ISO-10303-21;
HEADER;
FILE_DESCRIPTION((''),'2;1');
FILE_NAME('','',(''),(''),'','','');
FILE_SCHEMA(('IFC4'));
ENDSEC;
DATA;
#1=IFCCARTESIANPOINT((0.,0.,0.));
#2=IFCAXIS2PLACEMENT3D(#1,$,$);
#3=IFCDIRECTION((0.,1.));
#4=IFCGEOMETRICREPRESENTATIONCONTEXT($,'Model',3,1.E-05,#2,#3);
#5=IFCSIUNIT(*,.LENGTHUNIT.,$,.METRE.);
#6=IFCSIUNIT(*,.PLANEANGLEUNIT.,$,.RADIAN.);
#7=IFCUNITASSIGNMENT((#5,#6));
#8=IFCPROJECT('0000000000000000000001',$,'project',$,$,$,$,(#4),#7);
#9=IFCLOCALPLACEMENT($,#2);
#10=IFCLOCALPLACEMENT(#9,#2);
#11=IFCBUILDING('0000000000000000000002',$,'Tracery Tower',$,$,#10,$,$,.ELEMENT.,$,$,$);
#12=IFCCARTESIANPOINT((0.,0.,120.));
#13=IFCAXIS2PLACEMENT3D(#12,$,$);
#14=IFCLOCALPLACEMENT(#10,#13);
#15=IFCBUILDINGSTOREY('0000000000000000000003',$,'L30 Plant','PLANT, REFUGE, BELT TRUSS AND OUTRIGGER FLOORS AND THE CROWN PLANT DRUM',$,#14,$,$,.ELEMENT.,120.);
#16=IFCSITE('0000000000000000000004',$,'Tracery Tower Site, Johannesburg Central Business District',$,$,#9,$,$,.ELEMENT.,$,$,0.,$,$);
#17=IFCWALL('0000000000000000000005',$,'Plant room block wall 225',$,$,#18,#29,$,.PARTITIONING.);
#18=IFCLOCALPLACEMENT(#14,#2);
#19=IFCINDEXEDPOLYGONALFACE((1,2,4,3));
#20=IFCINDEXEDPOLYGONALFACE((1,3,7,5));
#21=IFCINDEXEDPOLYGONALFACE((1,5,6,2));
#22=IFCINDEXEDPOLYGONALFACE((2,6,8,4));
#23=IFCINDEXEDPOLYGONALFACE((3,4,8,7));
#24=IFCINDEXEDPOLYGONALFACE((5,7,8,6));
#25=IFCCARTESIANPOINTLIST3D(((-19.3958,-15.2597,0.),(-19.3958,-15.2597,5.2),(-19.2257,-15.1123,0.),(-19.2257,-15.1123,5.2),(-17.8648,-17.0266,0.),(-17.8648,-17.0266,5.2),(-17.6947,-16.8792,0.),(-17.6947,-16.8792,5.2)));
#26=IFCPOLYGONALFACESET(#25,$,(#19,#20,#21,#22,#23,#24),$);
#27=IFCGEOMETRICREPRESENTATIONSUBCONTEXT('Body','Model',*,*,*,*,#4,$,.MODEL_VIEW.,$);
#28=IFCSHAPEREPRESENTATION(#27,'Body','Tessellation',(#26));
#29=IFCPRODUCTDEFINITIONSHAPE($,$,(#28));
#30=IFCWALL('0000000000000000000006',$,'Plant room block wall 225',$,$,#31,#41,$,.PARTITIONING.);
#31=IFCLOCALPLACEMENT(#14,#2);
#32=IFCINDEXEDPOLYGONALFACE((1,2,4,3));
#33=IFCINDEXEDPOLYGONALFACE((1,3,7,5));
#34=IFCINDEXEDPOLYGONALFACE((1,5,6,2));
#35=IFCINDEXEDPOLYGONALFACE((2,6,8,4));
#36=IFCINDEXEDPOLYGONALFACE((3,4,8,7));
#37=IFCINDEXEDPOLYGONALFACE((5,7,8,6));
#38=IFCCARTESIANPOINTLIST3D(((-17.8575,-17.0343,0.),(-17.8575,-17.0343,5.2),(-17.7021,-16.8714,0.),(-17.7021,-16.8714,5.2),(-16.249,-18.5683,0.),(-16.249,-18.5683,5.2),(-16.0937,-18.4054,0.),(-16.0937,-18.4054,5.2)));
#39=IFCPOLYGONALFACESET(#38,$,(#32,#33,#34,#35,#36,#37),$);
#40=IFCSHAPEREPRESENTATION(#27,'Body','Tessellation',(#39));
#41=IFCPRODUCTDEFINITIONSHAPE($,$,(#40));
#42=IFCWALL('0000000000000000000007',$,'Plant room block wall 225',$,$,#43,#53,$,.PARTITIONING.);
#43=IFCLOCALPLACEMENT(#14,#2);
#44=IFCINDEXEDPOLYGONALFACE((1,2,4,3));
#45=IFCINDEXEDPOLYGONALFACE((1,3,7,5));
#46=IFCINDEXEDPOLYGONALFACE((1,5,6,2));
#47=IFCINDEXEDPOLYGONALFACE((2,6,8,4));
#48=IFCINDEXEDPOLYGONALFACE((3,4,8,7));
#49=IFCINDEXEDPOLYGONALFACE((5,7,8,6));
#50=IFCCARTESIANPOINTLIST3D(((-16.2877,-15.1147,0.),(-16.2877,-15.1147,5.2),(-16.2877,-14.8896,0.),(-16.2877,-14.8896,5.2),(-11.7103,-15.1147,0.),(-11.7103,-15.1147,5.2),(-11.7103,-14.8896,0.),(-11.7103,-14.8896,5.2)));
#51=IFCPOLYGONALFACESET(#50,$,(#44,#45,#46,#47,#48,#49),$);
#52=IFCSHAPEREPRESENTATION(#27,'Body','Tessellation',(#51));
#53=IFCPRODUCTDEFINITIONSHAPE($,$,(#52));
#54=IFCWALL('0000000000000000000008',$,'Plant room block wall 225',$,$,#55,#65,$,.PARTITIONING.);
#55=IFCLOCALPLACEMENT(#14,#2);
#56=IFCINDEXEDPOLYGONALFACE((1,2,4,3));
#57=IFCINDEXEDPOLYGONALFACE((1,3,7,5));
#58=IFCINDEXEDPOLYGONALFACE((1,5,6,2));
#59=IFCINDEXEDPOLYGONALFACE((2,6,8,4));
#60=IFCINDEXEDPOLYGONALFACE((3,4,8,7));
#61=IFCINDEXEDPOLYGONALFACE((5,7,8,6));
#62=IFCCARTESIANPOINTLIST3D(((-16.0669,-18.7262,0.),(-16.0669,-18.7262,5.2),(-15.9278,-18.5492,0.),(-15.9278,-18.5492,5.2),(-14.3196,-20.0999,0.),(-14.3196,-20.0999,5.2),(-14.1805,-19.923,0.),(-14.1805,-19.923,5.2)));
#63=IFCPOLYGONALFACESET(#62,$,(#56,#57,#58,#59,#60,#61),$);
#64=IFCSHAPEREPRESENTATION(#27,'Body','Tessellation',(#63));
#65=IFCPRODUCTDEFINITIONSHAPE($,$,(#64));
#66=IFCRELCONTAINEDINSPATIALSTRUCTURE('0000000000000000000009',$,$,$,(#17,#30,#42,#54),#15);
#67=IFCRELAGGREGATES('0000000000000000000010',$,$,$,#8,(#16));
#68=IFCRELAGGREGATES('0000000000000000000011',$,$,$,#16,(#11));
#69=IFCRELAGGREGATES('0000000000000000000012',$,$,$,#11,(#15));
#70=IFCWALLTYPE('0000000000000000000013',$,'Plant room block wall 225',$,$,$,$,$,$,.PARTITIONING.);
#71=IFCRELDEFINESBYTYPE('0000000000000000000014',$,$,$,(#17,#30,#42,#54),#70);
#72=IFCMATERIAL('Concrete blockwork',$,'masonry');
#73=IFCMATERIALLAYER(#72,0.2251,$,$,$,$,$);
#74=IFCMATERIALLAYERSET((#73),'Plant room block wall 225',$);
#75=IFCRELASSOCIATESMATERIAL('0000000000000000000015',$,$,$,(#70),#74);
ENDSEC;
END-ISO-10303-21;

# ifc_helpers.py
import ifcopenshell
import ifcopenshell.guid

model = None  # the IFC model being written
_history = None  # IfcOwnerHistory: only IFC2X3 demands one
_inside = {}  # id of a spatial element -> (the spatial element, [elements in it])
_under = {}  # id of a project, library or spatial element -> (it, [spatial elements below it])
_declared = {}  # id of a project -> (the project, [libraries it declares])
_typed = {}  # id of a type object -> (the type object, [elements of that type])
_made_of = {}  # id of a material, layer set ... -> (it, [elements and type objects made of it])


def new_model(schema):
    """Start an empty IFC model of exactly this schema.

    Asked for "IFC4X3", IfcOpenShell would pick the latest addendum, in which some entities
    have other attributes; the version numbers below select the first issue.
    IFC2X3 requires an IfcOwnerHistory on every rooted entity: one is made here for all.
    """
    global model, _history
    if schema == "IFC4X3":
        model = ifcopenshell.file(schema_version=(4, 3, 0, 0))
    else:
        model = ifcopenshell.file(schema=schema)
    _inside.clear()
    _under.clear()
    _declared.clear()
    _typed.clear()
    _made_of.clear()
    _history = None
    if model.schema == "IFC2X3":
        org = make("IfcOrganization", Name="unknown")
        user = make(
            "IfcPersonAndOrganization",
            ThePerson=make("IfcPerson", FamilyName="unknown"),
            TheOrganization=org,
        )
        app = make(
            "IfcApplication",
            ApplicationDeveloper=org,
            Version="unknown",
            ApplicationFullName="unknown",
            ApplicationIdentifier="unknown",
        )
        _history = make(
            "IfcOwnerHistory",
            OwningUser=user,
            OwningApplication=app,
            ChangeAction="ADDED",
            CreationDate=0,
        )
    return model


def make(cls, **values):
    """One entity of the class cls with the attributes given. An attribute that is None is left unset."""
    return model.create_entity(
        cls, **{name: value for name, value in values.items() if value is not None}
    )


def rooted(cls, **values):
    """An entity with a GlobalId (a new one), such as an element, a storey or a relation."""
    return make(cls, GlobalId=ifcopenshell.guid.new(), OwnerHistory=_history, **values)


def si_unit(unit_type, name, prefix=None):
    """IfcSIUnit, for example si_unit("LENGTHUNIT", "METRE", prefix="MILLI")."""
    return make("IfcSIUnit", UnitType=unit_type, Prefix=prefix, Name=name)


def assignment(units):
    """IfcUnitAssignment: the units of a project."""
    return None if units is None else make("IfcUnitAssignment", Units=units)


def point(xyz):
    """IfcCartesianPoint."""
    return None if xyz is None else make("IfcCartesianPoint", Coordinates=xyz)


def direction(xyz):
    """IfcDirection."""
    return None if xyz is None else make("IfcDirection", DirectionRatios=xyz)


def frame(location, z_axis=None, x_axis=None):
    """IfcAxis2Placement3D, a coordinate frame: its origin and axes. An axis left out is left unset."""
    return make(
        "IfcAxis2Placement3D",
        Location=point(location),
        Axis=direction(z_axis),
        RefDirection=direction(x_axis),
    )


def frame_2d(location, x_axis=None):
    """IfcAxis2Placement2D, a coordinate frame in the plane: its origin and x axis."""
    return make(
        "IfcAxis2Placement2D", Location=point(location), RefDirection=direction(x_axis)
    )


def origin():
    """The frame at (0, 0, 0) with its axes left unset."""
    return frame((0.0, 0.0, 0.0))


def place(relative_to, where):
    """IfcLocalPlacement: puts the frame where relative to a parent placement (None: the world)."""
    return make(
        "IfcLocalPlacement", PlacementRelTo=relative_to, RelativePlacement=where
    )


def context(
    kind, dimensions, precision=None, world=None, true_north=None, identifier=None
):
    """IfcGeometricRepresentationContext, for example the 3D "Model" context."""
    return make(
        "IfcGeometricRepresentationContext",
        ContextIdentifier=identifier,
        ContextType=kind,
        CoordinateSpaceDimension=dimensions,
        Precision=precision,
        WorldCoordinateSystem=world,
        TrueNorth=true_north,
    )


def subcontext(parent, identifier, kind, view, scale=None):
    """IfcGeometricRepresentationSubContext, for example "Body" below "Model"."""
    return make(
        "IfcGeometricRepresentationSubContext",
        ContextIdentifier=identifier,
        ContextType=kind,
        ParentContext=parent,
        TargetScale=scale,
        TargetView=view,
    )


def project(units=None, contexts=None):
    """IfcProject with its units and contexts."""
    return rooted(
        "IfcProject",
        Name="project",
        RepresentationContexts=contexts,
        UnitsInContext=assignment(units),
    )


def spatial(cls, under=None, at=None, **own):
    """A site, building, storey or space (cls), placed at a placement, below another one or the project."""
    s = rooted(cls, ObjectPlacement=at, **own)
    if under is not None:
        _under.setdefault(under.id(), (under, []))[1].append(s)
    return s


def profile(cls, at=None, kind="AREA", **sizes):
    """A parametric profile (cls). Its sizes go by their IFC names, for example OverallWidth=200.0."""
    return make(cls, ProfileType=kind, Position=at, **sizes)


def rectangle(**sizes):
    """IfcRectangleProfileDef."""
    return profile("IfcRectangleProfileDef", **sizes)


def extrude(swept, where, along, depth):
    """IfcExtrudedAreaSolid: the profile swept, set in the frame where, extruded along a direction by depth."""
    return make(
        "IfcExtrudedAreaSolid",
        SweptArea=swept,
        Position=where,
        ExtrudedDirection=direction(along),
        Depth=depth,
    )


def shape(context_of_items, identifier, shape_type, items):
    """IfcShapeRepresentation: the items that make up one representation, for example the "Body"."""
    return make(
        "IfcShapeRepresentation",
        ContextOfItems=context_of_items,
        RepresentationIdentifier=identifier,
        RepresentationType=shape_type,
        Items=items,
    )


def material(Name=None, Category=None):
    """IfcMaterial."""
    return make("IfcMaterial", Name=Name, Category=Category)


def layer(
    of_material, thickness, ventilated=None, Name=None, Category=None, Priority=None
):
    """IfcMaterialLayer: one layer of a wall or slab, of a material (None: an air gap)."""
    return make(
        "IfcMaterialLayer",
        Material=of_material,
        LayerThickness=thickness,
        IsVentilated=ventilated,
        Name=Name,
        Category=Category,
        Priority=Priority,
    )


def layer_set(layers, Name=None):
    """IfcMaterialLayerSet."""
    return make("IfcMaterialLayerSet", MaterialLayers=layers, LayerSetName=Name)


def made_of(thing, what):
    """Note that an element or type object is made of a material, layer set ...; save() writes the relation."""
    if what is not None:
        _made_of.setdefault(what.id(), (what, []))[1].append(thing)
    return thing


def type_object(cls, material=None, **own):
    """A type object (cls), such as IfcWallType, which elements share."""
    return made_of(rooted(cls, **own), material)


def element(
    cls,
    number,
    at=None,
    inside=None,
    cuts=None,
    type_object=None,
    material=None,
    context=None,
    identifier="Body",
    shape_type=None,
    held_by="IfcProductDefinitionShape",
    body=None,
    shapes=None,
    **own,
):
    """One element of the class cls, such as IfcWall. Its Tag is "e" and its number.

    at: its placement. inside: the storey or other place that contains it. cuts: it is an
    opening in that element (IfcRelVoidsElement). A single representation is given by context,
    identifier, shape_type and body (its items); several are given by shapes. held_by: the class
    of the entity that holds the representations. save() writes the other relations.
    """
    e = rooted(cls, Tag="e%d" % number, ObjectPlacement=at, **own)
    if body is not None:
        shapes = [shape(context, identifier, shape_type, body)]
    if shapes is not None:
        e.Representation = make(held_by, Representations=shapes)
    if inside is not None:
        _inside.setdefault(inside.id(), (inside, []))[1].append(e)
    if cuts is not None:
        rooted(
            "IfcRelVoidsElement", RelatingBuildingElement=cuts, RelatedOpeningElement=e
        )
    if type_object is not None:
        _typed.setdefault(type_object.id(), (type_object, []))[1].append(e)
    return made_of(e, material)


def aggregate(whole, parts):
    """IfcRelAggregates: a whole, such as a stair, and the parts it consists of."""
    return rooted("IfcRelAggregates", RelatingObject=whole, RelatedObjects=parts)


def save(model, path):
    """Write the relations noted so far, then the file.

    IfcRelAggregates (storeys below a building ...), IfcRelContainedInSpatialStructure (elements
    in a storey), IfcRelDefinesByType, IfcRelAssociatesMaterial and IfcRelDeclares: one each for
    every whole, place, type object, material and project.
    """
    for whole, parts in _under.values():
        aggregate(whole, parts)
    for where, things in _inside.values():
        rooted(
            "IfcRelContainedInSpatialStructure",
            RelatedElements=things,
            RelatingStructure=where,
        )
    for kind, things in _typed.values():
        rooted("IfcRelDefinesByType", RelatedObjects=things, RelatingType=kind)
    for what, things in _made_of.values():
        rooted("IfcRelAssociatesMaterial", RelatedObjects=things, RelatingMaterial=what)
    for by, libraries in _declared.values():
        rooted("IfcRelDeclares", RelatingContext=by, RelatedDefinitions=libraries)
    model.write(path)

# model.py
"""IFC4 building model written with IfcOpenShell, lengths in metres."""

from ifc_helpers import new_model, si_unit, direction, frame, frame_2d, origin, place, context, subcontext, project, spatial, rectangle, extrude, material, layer, layer_set, type_object, element, save


model = new_model("IFC4")

# Units and contexts
model_context = context("Model", 3, precision=1e-05, world=origin(), true_north=direction((0.0, 1.0)))
body_context = subcontext(model_context, "Body", "Model", "MODEL_VIEW")
ifc_project = project(units=[si_unit("LENGTHUNIT", "METRE"), si_unit("PLANEANGLEUNIT", "RADIAN")], contexts=[model_context])

# Site, building, storey
site_placement = place(None, origin())
site = spatial("IfcSite", under=ifc_project, at=site_placement, Name="Tracery Tower Site, Johannesburg Central Business District", CompositionType="ELEMENT", RefElevation=0.0)
building_placement = place(site_placement, origin())
building = spatial("IfcBuilding", under=site, at=building_placement, Name="Tracery Tower", CompositionType="ELEMENT")
storey_placement = place(building_placement, frame((0.0, 0.0, 120.0)))
storey = spatial("IfcBuildingStorey", under=building, at=storey_placement, Name="L30 Plant", Description="PLANT, REFUGE, BELT TRUSS AND OUTRIGGER FLOORS AND THE CROWN PLANT DRUM", CompositionType="ELEMENT", Elevation=120.0)

# Shared definitions
ifc_material_1 = material(Name="Concrete blockwork", Category="masonry")
ifc_layer_1 = layer(ifc_material_1, 0.2251)
ifc_layer_set_1 = layer_set([ifc_layer_1], Name="Plant room block wall 225")
wall_type_1 = type_object("IfcWallType", Name="Plant room block wall 225", PredefinedType="PARTITIONING", material=ifc_layer_set_1)

# Walls
wall_1_placement = place(storey_placement, frame((-19.3108, -15.186, 0.0), z_axis=(0.0, 0.0, 1.0), x_axis=(0.654867, -0.755744, 0.0)))
element("IfcWall", 1, at=wall_1_placement, inside=storey, type_object=wall_type_1, Name="Plant room block wall 225", PredefinedType="PARTITIONING", context=body_context, shape_type="SweptSolid", body=[
    extrude(rectangle(XDim=2.3379, YDim=0.2251, at=frame_2d((1.1689, 0.0))), origin(), (0.0, 0.0, 1.0), 5.2),
])
wall_2_placement = place(storey_placement, frame((-17.7798, -16.9529, 0.0), z_axis=(0.0, 0.0, 1.0), x_axis=(0.72366, -0.690157, 0.0)))
element("IfcWall", 2, at=wall_2_placement, inside=storey, type_object=wall_type_1, Name="Plant room block wall 225", PredefinedType="PARTITIONING", context=body_context, shape_type="SweptSolid", body=[
    extrude(rectangle(XDim=2.2227, YDim=0.2251, at=frame_2d((1.1113, 0.0))), origin(), (0.0, 0.0, 1.0), 5.2),
])
wall_3_placement = place(storey_placement, frame((-16.2876, -15.0022, 0.0), z_axis=(0.0, 0.0, 1.0), x_axis=(1.0, 0.0, 0.0)))
element("IfcWall", 3, at=wall_3_placement, inside=storey, type_object=wall_type_1, Name="Plant room block wall 225", PredefinedType="PARTITIONING", context=body_context, shape_type="SweptSolid", body=[
    extrude(rectangle(XDim=4.5774, YDim=0.2251, at=frame_2d((2.2886, 0.0))), origin(), (0.0, 0.0, 1.0), 5.2),
])
wall_4_placement = place(storey_placement, frame((-15.9973, -18.6377, 0.0), z_axis=(0.0, 0.0, 1.0), x_axis=(0.786124, -0.618069, 0.0)))
element("IfcWall", 4, at=wall_4_placement, inside=storey, type_object=wall_type_1, Name="Plant room block wall 225", PredefinedType="PARTITIONING", context=body_context, shape_type="SweptSolid", body=[
    extrude(rectangle(XDim=2.2227, YDim=0.2251, at=frame_2d((1.1113, 0.0))), origin(), (0.0, 0.0, 1.0), 5.2),
])

save(model, "model.ifc")
